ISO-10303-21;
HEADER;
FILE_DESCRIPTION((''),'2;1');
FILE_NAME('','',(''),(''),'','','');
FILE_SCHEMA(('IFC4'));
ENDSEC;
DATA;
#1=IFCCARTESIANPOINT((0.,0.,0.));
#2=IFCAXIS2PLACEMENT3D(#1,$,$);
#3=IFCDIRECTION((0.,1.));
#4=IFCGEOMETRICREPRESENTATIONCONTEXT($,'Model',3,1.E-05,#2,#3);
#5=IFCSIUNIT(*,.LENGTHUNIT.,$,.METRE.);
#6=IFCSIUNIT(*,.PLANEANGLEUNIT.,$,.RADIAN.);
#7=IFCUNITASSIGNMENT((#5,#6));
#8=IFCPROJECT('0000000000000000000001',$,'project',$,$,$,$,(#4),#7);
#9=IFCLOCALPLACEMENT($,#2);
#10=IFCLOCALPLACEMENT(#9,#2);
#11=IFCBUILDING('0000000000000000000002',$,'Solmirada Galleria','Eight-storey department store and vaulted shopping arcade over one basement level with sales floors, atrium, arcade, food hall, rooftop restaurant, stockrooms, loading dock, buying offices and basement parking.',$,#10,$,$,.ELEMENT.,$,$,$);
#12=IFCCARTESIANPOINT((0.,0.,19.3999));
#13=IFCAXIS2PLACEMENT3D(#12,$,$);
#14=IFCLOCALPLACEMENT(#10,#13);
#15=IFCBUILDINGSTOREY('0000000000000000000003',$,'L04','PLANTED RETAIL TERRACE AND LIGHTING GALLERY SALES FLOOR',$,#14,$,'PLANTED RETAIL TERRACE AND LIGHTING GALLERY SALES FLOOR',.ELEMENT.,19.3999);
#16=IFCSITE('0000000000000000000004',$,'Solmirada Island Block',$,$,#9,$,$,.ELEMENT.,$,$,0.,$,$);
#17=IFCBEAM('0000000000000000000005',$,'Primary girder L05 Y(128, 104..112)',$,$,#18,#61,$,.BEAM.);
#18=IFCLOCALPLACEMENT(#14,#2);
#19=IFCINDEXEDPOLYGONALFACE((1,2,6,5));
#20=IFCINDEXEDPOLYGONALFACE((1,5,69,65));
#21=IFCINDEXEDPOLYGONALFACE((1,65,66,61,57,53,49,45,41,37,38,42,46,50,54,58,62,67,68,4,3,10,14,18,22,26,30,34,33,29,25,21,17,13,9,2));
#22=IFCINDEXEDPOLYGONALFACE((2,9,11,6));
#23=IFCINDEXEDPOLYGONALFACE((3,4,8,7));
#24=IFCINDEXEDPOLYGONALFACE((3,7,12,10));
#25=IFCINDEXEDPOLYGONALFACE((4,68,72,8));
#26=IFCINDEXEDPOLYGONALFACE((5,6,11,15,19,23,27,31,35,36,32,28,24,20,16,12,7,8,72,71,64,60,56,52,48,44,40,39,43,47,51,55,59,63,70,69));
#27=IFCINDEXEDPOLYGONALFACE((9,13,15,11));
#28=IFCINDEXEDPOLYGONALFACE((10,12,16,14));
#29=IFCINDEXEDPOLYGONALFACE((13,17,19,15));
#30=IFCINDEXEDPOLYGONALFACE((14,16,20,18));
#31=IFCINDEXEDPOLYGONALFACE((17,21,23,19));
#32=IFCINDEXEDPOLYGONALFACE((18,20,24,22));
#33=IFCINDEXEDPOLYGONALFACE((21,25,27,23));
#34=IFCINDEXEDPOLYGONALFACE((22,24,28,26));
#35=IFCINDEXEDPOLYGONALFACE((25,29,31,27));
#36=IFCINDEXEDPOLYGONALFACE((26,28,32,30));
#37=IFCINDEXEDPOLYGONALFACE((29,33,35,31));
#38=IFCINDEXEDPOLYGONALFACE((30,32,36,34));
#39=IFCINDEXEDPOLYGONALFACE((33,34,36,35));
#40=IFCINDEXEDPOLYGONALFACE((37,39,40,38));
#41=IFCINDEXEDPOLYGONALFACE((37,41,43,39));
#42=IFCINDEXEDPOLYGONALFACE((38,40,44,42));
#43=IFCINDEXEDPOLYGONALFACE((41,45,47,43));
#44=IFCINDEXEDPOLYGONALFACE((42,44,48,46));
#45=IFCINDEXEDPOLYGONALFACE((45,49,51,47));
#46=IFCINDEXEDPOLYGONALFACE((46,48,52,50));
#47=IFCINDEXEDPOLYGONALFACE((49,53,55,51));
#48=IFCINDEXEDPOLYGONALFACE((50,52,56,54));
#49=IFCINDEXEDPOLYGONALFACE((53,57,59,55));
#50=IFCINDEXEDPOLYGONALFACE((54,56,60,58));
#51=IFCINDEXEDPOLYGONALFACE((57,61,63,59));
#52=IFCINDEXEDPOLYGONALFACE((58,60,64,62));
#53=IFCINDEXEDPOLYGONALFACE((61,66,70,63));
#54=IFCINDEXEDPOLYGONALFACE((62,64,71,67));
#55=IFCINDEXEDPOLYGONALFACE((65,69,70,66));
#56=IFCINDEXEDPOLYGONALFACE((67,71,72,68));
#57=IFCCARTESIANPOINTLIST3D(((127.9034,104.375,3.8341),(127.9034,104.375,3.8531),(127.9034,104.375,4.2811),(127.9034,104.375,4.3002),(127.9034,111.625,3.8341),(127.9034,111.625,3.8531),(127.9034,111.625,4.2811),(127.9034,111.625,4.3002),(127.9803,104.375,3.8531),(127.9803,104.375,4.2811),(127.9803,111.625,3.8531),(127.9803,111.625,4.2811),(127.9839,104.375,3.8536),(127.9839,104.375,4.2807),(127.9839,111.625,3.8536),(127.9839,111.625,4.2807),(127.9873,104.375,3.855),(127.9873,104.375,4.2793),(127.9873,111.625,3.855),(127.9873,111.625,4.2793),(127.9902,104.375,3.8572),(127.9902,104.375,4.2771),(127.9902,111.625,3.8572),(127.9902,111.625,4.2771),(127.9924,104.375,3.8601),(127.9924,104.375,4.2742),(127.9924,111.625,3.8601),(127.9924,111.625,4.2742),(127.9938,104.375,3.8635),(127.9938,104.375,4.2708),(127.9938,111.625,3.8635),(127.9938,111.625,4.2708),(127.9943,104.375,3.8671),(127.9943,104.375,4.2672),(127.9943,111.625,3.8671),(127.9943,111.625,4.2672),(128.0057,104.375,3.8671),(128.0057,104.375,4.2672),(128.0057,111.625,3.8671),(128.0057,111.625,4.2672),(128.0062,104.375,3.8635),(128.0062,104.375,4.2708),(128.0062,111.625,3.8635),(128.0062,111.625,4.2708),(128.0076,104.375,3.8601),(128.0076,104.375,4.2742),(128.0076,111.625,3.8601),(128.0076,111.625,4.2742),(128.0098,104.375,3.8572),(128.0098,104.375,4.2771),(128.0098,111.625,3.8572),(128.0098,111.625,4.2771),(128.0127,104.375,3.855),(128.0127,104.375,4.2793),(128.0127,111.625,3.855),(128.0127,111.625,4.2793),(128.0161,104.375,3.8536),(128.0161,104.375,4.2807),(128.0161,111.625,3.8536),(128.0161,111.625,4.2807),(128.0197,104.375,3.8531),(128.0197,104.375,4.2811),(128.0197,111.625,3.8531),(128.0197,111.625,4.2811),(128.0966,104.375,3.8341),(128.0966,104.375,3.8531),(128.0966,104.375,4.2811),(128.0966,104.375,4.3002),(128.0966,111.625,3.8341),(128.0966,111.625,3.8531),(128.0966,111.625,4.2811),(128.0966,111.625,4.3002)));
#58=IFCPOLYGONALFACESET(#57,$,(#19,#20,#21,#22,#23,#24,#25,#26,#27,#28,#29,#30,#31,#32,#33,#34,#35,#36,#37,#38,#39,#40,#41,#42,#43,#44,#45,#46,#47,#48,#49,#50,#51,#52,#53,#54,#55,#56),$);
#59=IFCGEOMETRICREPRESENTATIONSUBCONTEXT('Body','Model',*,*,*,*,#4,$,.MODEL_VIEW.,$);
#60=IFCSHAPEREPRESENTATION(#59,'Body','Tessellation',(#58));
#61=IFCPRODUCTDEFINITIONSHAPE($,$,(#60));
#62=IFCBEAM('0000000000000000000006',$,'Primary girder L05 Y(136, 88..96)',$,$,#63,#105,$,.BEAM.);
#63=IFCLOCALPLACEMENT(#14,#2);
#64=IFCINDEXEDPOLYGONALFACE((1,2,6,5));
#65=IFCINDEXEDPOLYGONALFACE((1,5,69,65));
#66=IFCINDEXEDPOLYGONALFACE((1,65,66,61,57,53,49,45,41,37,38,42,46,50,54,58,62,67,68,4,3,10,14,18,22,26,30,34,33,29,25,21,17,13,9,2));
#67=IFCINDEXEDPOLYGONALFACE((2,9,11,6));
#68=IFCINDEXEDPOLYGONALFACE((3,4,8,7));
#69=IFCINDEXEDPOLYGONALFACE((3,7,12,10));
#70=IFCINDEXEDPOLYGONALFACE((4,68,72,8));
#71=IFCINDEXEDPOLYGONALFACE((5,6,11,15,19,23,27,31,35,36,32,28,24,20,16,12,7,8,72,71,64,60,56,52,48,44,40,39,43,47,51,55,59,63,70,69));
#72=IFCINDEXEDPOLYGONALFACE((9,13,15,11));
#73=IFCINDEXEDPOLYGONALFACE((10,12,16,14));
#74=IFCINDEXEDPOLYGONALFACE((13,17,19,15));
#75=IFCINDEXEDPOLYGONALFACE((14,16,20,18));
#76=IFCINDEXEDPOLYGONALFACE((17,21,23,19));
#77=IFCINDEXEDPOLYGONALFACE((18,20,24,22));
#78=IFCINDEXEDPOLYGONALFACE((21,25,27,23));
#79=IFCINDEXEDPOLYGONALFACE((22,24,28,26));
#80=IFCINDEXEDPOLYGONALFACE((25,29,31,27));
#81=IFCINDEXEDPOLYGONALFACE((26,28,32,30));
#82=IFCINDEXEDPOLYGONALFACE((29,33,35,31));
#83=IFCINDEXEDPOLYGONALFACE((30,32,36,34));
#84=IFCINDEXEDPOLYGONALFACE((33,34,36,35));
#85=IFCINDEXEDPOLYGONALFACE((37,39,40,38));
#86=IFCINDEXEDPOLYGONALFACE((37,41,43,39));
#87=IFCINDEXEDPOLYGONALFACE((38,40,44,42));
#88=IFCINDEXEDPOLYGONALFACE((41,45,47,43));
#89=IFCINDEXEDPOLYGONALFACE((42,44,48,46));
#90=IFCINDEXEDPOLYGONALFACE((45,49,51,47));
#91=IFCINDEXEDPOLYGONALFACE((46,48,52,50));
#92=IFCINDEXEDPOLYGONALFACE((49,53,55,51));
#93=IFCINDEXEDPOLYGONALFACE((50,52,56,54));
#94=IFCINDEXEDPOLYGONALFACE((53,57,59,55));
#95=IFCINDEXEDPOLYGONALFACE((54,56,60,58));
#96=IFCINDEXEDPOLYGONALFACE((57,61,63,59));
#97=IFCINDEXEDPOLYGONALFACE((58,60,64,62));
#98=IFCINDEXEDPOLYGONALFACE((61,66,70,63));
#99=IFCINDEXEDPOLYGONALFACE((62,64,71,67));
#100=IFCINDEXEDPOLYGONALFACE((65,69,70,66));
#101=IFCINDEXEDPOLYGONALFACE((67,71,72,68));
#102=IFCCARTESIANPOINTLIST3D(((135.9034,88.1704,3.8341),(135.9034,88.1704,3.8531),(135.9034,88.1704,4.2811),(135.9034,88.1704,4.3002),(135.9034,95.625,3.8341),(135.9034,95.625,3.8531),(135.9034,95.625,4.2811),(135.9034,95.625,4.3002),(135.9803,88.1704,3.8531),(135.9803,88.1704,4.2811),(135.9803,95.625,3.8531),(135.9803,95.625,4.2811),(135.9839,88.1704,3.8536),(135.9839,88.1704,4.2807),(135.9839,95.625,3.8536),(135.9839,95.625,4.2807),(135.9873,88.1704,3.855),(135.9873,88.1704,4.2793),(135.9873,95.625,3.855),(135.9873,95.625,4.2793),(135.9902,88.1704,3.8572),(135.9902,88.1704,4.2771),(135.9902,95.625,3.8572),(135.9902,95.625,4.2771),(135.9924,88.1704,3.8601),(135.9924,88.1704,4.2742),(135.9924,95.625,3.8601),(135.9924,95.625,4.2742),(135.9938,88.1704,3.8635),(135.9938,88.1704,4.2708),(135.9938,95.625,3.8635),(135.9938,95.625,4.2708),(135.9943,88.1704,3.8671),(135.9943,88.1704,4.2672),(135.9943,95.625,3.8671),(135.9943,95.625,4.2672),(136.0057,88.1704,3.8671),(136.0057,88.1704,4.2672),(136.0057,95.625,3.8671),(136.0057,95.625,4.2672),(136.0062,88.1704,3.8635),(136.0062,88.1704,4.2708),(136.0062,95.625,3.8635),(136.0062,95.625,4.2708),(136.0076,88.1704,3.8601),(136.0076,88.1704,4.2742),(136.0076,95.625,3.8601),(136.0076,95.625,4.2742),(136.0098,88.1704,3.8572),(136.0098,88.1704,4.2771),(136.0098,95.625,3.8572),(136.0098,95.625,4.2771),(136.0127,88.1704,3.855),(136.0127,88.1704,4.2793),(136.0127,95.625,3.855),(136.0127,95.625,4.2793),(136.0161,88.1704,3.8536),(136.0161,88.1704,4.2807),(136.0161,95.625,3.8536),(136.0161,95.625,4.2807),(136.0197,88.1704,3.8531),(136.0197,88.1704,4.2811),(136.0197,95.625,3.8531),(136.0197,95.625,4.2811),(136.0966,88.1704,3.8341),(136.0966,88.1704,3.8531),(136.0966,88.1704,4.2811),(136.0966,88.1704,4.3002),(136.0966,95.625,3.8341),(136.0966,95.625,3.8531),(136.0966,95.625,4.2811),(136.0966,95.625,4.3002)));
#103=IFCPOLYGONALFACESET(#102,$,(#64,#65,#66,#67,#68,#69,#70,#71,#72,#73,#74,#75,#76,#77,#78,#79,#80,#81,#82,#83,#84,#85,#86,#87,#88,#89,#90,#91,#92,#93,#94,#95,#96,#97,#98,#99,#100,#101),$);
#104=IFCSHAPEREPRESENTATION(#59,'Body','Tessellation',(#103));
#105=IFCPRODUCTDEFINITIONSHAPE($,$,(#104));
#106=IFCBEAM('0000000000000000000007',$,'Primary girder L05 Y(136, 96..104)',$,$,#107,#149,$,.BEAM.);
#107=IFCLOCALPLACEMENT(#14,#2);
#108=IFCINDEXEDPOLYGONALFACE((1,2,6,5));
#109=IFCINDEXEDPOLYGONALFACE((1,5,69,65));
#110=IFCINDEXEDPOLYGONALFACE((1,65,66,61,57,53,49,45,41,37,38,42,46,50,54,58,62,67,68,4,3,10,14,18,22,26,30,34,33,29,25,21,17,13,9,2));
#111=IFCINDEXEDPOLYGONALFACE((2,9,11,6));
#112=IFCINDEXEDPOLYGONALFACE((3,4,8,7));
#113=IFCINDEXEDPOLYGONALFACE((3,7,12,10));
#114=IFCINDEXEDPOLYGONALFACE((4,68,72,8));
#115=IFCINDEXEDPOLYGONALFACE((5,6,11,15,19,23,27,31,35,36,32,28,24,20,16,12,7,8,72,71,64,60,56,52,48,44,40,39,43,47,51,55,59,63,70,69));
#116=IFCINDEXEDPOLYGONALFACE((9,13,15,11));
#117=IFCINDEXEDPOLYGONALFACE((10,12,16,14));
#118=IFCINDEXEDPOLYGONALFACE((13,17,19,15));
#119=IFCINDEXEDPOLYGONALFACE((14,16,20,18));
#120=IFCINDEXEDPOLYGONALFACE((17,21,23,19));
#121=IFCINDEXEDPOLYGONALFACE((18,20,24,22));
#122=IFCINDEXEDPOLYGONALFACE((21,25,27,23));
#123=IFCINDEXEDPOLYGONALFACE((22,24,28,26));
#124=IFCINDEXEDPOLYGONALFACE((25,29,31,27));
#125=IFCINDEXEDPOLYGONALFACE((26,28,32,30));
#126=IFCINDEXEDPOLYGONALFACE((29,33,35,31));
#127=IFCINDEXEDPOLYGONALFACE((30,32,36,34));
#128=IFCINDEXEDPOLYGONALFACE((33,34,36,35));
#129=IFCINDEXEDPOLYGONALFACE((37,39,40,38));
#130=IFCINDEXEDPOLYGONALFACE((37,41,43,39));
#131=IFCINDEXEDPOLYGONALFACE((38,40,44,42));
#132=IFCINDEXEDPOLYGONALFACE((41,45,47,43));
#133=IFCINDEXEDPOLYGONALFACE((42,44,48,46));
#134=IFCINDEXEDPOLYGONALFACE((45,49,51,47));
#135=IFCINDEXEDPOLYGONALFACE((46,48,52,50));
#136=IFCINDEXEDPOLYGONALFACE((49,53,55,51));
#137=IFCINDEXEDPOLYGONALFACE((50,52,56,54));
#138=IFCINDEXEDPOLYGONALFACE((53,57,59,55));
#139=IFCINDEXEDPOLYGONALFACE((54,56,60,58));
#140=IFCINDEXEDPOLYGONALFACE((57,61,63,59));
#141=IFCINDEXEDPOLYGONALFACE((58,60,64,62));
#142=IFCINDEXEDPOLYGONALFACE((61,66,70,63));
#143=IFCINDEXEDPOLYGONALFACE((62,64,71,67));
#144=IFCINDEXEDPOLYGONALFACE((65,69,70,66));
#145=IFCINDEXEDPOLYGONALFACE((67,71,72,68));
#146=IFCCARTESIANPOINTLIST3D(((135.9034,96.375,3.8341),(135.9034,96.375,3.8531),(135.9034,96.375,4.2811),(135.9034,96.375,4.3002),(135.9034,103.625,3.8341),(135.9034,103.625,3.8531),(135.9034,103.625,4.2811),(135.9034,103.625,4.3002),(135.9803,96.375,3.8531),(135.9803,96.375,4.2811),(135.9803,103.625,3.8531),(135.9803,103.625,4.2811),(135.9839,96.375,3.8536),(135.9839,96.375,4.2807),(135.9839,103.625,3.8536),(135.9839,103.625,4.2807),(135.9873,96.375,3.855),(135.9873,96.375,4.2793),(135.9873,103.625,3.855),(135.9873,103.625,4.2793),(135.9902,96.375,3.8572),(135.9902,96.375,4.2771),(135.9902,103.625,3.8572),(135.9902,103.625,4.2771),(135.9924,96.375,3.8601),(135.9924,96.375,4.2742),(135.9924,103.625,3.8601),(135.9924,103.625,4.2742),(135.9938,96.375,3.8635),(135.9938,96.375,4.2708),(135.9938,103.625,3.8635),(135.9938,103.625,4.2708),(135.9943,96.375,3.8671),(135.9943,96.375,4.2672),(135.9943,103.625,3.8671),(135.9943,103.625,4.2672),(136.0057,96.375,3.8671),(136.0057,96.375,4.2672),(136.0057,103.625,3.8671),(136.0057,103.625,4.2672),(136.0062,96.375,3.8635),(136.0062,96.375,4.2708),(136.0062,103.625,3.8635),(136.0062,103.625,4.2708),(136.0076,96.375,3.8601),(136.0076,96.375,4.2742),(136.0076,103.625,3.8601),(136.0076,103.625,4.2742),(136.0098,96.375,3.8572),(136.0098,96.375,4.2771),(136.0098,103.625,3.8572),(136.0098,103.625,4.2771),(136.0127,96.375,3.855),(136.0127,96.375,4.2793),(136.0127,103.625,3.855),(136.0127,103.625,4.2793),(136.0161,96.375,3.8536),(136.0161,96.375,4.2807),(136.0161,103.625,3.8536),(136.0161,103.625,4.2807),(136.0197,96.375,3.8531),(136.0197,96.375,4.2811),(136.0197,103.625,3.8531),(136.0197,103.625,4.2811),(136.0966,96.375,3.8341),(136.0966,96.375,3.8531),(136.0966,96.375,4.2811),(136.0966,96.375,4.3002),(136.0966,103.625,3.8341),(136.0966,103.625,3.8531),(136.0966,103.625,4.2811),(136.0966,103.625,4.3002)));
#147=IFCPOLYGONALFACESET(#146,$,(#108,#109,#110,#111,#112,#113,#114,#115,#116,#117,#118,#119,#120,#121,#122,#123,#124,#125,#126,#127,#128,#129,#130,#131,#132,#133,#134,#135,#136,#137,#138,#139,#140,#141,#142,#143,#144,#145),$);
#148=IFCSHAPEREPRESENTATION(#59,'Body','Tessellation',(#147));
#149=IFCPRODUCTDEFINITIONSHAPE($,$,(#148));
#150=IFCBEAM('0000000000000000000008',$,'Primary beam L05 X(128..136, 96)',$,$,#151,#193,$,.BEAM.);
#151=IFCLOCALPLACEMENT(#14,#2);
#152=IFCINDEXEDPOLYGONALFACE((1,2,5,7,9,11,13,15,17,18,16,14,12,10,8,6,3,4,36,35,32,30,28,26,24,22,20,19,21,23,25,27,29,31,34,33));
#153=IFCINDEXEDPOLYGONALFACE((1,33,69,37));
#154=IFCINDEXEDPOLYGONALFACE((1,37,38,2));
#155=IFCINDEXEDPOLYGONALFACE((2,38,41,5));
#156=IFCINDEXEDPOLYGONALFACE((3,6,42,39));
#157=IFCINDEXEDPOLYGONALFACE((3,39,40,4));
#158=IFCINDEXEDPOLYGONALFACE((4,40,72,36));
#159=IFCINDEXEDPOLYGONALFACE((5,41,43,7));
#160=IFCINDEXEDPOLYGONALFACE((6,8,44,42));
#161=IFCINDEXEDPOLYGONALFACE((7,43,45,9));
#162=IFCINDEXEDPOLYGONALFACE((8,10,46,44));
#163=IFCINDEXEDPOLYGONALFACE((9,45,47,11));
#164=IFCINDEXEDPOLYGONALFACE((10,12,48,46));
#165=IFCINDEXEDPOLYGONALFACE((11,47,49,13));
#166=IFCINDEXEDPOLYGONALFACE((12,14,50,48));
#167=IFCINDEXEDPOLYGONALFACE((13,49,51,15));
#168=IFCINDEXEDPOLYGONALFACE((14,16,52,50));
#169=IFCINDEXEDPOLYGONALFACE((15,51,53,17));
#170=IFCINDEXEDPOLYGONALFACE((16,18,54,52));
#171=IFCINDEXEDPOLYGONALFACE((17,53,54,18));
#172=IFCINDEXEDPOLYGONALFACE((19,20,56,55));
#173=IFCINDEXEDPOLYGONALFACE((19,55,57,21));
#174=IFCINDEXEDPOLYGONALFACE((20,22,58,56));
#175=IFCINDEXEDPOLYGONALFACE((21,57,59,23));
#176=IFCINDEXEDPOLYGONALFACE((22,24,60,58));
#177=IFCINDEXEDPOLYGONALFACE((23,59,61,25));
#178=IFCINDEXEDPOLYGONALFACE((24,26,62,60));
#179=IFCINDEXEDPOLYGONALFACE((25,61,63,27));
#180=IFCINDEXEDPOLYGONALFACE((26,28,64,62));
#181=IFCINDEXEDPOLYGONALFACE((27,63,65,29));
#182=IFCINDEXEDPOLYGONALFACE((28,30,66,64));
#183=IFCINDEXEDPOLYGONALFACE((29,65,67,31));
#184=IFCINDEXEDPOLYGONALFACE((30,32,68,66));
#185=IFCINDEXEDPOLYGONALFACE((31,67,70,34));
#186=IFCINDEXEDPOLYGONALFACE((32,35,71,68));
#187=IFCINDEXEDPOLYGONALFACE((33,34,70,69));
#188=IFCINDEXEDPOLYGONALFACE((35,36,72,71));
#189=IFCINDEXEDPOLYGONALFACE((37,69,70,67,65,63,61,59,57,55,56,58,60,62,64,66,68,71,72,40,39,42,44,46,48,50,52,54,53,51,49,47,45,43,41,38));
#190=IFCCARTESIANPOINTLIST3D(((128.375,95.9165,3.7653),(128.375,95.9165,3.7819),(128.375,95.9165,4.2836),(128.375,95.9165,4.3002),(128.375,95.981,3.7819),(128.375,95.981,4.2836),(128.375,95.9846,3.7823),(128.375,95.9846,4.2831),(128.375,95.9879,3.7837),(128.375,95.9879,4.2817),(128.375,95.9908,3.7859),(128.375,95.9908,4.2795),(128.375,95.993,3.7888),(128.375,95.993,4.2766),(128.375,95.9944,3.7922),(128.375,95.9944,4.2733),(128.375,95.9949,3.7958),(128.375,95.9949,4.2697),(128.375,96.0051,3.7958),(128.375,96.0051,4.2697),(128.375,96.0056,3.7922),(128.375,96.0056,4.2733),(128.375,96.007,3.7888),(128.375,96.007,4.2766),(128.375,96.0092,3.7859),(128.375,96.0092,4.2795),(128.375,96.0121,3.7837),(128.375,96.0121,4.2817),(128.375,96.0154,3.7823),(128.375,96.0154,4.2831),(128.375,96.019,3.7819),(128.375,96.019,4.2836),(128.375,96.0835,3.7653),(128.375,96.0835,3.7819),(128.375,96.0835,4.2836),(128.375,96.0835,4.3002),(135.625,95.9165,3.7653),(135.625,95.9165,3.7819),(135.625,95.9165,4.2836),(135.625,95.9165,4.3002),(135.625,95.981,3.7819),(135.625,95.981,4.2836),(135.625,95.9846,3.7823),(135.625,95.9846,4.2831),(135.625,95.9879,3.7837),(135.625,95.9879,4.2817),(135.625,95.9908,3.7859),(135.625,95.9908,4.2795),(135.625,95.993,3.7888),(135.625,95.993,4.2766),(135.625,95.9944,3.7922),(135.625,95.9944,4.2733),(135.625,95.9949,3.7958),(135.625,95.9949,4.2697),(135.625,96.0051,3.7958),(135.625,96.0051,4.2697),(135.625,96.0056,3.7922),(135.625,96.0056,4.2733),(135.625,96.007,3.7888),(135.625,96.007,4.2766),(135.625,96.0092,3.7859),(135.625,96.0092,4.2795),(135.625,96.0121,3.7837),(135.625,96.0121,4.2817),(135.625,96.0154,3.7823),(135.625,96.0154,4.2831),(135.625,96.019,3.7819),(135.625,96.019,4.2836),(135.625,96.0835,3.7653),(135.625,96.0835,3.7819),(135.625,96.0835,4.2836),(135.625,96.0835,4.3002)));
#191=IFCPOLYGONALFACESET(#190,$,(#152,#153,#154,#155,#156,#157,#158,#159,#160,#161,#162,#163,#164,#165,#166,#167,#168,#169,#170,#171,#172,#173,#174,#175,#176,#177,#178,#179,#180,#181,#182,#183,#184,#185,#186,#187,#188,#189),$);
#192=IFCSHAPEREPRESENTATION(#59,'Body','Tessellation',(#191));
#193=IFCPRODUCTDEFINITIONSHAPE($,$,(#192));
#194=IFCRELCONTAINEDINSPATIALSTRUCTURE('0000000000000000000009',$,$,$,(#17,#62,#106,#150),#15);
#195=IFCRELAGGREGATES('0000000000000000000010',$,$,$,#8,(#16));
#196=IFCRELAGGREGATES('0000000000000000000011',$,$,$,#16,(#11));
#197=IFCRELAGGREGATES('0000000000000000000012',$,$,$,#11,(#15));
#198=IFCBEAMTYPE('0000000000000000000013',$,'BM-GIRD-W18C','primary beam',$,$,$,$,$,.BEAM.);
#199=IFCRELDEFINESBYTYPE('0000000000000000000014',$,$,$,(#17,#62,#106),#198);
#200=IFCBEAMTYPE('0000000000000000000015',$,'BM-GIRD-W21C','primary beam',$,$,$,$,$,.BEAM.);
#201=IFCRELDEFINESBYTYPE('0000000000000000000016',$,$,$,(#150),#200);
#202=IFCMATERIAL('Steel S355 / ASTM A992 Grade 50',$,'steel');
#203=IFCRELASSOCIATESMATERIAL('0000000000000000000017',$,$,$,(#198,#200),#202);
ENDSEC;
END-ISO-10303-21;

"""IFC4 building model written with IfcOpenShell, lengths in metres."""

from ifc_helpers import new_model, si_unit, direction, frame, origin, origin_2d, place, context, subcontext, project, spatial, i_section, extrude, material, material_profile, profile_set, type_object, element, save


model = new_model("IFC4")

# Units and contexts
model_context = context("Model", 3, precision=1e-05, world=origin(), true_north=direction((0.0, 1.0)))
body_context = subcontext(model_context, "Body", "Model", "MODEL_VIEW")
ifc_project = project(units=[si_unit("LENGTHUNIT", "METRE"), si_unit("PLANEANGLEUNIT", "RADIAN")], contexts=[model_context])

# Site, building, storey
site_placement = place(None, origin())
site = spatial("IfcSite", under=ifc_project, at=site_placement, Name="Solmirada Island Block", CompositionType="ELEMENT", RefElevation=0.0)
building_placement = place(site_placement, origin())
building = spatial("IfcBuilding", under=site, at=building_placement, Name="Solmirada Galleria", Description="Eight-storey department store and vaulted shopping arcade over one basement level with sales floors, atrium, arcade, food hall, rooftop restaurant, stockrooms, loading dock, buying offices and basement parking.", CompositionType="ELEMENT")
storey_placement = place(building_placement, frame((0.0, 0.0, 19.3999)))
storey = spatial("IfcBuildingStorey", under=building, at=storey_placement, Name="L04", Description="PLANTED RETAIL TERRACE AND LIGHTING GALLERY SALES FLOOR", LongName="PLANTED RETAIL TERRACE AND LIGHTING GALLERY SALES FLOOR", CompositionType="ELEMENT", Elevation=19.3999)

# Beams
ifc_material_1 = material(Name="Steel S355 / ASTM A992 Grade 50", Category="steel")
ifc_material_profile_1 = material_profile(ifc_material_1, i_section(OverallWidth=0.1931, OverallDepth=0.4661, WebThickness=0.0115, FlangeThickness=0.019, FilletRadius=0.0139, at=origin_2d()), Name="W18X65")
ifc_profile_set_1 = profile_set([ifc_material_profile_1], Name="Steel S355 / ASTM A992 Grade 50")
beam_type_1 = type_object("IfcBeamType", Name="BM-GIRD-W18C", Description="primary beam", PredefinedType="BEAM", material=ifc_profile_set_1)
for number, where, z_axis, x_axis, name in (
    (1, (128.0, 104.375, 4.0671), (0.0, 1.0, 0.0), (-1.0, 0.0, 0.0), "Primary girder L05 Y(128, 104..112)"),
):
    element("IfcBeam", number, at=place(storey_placement, frame(where, z_axis=z_axis, x_axis=x_axis)), inside=storey, type_object=beam_type_1, Name=name, PredefinedType="BEAM", context=body_context, shape_type="SweptSolid", body=[
        extrude(i_section(OverallWidth=0.1931, OverallDepth=0.4661, WebThickness=0.0115, FlangeThickness=0.019, FilletRadius=0.0139, at=origin_2d()), origin(), (0.0, 0.0, 1.0), 7.25),
    ])
beam_1_placement = place(storey_placement, frame((136.0, 88.1704, 4.0671), z_axis=(0.0, 1.0, 0.0), x_axis=(-1.0, 0.0, 0.0)))
element("IfcBeam", 2, at=beam_1_placement, inside=storey, type_object=beam_type_1, Name="Primary girder L05 Y(136, 88..96)", PredefinedType="BEAM", context=body_context, shape_type="SweptSolid", body=[
    extrude(i_section(OverallWidth=0.1931, OverallDepth=0.4661, WebThickness=0.0115, FlangeThickness=0.019, FilletRadius=0.0139, at=origin_2d()), origin(), (0.0, 0.0, 1.0), 7.4546),
])
beam_2_placement = place(storey_placement, frame((136.0, 96.375, 4.0671), z_axis=(0.0, 1.0, 0.0), x_axis=(-1.0, 0.0, 0.0)))
element("IfcBeam", 3, at=beam_2_placement, inside=storey, type_object=beam_type_1, Name="Primary girder L05 Y(136, 96..104)", PredefinedType="BEAM", context=body_context, shape_type="SweptSolid", body=[
    extrude(i_section(OverallWidth=0.1931, OverallDepth=0.4661, WebThickness=0.0115, FlangeThickness=0.019, FilletRadius=0.0139, at=origin_2d()), origin(), (0.0, 0.0, 1.0), 7.25),
])
ifc_material_profile_2 = material_profile(ifc_material_1, i_section(OverallWidth=0.167, OverallDepth=0.5349, WebThickness=0.0103, FlangeThickness=0.0166, FilletRadius=0.0139, at=origin_2d()), Name="W21X57")
ifc_profile_set_2 = profile_set([ifc_material_profile_2], Name="Steel S355 / ASTM A992 Grade 50")
beam_type_2 = type_object("IfcBeamType", Name="BM-GIRD-W21C", Description="primary beam", PredefinedType="BEAM", material=ifc_profile_set_2)
beam_3_placement = place(storey_placement, frame((128.375, 96.0, 4.0327), z_axis=(1.0, 0.0, 0.0), x_axis=(0.0, 1.0, 0.0)))
element("IfcBeam", 4, at=beam_3_placement, inside=storey, type_object=beam_type_2, Name="Primary beam L05 X(128..136, 96)", PredefinedType="BEAM", context=body_context, shape_type="SweptSolid", body=[
    extrude(i_section(OverallWidth=0.167, OverallDepth=0.5349, WebThickness=0.0103, FlangeThickness=0.0166, FilletRadius=0.0139, at=origin_2d()), origin(), (0.0, 0.0, 1.0), 7.25),
])

save(model, "model.ifc")
